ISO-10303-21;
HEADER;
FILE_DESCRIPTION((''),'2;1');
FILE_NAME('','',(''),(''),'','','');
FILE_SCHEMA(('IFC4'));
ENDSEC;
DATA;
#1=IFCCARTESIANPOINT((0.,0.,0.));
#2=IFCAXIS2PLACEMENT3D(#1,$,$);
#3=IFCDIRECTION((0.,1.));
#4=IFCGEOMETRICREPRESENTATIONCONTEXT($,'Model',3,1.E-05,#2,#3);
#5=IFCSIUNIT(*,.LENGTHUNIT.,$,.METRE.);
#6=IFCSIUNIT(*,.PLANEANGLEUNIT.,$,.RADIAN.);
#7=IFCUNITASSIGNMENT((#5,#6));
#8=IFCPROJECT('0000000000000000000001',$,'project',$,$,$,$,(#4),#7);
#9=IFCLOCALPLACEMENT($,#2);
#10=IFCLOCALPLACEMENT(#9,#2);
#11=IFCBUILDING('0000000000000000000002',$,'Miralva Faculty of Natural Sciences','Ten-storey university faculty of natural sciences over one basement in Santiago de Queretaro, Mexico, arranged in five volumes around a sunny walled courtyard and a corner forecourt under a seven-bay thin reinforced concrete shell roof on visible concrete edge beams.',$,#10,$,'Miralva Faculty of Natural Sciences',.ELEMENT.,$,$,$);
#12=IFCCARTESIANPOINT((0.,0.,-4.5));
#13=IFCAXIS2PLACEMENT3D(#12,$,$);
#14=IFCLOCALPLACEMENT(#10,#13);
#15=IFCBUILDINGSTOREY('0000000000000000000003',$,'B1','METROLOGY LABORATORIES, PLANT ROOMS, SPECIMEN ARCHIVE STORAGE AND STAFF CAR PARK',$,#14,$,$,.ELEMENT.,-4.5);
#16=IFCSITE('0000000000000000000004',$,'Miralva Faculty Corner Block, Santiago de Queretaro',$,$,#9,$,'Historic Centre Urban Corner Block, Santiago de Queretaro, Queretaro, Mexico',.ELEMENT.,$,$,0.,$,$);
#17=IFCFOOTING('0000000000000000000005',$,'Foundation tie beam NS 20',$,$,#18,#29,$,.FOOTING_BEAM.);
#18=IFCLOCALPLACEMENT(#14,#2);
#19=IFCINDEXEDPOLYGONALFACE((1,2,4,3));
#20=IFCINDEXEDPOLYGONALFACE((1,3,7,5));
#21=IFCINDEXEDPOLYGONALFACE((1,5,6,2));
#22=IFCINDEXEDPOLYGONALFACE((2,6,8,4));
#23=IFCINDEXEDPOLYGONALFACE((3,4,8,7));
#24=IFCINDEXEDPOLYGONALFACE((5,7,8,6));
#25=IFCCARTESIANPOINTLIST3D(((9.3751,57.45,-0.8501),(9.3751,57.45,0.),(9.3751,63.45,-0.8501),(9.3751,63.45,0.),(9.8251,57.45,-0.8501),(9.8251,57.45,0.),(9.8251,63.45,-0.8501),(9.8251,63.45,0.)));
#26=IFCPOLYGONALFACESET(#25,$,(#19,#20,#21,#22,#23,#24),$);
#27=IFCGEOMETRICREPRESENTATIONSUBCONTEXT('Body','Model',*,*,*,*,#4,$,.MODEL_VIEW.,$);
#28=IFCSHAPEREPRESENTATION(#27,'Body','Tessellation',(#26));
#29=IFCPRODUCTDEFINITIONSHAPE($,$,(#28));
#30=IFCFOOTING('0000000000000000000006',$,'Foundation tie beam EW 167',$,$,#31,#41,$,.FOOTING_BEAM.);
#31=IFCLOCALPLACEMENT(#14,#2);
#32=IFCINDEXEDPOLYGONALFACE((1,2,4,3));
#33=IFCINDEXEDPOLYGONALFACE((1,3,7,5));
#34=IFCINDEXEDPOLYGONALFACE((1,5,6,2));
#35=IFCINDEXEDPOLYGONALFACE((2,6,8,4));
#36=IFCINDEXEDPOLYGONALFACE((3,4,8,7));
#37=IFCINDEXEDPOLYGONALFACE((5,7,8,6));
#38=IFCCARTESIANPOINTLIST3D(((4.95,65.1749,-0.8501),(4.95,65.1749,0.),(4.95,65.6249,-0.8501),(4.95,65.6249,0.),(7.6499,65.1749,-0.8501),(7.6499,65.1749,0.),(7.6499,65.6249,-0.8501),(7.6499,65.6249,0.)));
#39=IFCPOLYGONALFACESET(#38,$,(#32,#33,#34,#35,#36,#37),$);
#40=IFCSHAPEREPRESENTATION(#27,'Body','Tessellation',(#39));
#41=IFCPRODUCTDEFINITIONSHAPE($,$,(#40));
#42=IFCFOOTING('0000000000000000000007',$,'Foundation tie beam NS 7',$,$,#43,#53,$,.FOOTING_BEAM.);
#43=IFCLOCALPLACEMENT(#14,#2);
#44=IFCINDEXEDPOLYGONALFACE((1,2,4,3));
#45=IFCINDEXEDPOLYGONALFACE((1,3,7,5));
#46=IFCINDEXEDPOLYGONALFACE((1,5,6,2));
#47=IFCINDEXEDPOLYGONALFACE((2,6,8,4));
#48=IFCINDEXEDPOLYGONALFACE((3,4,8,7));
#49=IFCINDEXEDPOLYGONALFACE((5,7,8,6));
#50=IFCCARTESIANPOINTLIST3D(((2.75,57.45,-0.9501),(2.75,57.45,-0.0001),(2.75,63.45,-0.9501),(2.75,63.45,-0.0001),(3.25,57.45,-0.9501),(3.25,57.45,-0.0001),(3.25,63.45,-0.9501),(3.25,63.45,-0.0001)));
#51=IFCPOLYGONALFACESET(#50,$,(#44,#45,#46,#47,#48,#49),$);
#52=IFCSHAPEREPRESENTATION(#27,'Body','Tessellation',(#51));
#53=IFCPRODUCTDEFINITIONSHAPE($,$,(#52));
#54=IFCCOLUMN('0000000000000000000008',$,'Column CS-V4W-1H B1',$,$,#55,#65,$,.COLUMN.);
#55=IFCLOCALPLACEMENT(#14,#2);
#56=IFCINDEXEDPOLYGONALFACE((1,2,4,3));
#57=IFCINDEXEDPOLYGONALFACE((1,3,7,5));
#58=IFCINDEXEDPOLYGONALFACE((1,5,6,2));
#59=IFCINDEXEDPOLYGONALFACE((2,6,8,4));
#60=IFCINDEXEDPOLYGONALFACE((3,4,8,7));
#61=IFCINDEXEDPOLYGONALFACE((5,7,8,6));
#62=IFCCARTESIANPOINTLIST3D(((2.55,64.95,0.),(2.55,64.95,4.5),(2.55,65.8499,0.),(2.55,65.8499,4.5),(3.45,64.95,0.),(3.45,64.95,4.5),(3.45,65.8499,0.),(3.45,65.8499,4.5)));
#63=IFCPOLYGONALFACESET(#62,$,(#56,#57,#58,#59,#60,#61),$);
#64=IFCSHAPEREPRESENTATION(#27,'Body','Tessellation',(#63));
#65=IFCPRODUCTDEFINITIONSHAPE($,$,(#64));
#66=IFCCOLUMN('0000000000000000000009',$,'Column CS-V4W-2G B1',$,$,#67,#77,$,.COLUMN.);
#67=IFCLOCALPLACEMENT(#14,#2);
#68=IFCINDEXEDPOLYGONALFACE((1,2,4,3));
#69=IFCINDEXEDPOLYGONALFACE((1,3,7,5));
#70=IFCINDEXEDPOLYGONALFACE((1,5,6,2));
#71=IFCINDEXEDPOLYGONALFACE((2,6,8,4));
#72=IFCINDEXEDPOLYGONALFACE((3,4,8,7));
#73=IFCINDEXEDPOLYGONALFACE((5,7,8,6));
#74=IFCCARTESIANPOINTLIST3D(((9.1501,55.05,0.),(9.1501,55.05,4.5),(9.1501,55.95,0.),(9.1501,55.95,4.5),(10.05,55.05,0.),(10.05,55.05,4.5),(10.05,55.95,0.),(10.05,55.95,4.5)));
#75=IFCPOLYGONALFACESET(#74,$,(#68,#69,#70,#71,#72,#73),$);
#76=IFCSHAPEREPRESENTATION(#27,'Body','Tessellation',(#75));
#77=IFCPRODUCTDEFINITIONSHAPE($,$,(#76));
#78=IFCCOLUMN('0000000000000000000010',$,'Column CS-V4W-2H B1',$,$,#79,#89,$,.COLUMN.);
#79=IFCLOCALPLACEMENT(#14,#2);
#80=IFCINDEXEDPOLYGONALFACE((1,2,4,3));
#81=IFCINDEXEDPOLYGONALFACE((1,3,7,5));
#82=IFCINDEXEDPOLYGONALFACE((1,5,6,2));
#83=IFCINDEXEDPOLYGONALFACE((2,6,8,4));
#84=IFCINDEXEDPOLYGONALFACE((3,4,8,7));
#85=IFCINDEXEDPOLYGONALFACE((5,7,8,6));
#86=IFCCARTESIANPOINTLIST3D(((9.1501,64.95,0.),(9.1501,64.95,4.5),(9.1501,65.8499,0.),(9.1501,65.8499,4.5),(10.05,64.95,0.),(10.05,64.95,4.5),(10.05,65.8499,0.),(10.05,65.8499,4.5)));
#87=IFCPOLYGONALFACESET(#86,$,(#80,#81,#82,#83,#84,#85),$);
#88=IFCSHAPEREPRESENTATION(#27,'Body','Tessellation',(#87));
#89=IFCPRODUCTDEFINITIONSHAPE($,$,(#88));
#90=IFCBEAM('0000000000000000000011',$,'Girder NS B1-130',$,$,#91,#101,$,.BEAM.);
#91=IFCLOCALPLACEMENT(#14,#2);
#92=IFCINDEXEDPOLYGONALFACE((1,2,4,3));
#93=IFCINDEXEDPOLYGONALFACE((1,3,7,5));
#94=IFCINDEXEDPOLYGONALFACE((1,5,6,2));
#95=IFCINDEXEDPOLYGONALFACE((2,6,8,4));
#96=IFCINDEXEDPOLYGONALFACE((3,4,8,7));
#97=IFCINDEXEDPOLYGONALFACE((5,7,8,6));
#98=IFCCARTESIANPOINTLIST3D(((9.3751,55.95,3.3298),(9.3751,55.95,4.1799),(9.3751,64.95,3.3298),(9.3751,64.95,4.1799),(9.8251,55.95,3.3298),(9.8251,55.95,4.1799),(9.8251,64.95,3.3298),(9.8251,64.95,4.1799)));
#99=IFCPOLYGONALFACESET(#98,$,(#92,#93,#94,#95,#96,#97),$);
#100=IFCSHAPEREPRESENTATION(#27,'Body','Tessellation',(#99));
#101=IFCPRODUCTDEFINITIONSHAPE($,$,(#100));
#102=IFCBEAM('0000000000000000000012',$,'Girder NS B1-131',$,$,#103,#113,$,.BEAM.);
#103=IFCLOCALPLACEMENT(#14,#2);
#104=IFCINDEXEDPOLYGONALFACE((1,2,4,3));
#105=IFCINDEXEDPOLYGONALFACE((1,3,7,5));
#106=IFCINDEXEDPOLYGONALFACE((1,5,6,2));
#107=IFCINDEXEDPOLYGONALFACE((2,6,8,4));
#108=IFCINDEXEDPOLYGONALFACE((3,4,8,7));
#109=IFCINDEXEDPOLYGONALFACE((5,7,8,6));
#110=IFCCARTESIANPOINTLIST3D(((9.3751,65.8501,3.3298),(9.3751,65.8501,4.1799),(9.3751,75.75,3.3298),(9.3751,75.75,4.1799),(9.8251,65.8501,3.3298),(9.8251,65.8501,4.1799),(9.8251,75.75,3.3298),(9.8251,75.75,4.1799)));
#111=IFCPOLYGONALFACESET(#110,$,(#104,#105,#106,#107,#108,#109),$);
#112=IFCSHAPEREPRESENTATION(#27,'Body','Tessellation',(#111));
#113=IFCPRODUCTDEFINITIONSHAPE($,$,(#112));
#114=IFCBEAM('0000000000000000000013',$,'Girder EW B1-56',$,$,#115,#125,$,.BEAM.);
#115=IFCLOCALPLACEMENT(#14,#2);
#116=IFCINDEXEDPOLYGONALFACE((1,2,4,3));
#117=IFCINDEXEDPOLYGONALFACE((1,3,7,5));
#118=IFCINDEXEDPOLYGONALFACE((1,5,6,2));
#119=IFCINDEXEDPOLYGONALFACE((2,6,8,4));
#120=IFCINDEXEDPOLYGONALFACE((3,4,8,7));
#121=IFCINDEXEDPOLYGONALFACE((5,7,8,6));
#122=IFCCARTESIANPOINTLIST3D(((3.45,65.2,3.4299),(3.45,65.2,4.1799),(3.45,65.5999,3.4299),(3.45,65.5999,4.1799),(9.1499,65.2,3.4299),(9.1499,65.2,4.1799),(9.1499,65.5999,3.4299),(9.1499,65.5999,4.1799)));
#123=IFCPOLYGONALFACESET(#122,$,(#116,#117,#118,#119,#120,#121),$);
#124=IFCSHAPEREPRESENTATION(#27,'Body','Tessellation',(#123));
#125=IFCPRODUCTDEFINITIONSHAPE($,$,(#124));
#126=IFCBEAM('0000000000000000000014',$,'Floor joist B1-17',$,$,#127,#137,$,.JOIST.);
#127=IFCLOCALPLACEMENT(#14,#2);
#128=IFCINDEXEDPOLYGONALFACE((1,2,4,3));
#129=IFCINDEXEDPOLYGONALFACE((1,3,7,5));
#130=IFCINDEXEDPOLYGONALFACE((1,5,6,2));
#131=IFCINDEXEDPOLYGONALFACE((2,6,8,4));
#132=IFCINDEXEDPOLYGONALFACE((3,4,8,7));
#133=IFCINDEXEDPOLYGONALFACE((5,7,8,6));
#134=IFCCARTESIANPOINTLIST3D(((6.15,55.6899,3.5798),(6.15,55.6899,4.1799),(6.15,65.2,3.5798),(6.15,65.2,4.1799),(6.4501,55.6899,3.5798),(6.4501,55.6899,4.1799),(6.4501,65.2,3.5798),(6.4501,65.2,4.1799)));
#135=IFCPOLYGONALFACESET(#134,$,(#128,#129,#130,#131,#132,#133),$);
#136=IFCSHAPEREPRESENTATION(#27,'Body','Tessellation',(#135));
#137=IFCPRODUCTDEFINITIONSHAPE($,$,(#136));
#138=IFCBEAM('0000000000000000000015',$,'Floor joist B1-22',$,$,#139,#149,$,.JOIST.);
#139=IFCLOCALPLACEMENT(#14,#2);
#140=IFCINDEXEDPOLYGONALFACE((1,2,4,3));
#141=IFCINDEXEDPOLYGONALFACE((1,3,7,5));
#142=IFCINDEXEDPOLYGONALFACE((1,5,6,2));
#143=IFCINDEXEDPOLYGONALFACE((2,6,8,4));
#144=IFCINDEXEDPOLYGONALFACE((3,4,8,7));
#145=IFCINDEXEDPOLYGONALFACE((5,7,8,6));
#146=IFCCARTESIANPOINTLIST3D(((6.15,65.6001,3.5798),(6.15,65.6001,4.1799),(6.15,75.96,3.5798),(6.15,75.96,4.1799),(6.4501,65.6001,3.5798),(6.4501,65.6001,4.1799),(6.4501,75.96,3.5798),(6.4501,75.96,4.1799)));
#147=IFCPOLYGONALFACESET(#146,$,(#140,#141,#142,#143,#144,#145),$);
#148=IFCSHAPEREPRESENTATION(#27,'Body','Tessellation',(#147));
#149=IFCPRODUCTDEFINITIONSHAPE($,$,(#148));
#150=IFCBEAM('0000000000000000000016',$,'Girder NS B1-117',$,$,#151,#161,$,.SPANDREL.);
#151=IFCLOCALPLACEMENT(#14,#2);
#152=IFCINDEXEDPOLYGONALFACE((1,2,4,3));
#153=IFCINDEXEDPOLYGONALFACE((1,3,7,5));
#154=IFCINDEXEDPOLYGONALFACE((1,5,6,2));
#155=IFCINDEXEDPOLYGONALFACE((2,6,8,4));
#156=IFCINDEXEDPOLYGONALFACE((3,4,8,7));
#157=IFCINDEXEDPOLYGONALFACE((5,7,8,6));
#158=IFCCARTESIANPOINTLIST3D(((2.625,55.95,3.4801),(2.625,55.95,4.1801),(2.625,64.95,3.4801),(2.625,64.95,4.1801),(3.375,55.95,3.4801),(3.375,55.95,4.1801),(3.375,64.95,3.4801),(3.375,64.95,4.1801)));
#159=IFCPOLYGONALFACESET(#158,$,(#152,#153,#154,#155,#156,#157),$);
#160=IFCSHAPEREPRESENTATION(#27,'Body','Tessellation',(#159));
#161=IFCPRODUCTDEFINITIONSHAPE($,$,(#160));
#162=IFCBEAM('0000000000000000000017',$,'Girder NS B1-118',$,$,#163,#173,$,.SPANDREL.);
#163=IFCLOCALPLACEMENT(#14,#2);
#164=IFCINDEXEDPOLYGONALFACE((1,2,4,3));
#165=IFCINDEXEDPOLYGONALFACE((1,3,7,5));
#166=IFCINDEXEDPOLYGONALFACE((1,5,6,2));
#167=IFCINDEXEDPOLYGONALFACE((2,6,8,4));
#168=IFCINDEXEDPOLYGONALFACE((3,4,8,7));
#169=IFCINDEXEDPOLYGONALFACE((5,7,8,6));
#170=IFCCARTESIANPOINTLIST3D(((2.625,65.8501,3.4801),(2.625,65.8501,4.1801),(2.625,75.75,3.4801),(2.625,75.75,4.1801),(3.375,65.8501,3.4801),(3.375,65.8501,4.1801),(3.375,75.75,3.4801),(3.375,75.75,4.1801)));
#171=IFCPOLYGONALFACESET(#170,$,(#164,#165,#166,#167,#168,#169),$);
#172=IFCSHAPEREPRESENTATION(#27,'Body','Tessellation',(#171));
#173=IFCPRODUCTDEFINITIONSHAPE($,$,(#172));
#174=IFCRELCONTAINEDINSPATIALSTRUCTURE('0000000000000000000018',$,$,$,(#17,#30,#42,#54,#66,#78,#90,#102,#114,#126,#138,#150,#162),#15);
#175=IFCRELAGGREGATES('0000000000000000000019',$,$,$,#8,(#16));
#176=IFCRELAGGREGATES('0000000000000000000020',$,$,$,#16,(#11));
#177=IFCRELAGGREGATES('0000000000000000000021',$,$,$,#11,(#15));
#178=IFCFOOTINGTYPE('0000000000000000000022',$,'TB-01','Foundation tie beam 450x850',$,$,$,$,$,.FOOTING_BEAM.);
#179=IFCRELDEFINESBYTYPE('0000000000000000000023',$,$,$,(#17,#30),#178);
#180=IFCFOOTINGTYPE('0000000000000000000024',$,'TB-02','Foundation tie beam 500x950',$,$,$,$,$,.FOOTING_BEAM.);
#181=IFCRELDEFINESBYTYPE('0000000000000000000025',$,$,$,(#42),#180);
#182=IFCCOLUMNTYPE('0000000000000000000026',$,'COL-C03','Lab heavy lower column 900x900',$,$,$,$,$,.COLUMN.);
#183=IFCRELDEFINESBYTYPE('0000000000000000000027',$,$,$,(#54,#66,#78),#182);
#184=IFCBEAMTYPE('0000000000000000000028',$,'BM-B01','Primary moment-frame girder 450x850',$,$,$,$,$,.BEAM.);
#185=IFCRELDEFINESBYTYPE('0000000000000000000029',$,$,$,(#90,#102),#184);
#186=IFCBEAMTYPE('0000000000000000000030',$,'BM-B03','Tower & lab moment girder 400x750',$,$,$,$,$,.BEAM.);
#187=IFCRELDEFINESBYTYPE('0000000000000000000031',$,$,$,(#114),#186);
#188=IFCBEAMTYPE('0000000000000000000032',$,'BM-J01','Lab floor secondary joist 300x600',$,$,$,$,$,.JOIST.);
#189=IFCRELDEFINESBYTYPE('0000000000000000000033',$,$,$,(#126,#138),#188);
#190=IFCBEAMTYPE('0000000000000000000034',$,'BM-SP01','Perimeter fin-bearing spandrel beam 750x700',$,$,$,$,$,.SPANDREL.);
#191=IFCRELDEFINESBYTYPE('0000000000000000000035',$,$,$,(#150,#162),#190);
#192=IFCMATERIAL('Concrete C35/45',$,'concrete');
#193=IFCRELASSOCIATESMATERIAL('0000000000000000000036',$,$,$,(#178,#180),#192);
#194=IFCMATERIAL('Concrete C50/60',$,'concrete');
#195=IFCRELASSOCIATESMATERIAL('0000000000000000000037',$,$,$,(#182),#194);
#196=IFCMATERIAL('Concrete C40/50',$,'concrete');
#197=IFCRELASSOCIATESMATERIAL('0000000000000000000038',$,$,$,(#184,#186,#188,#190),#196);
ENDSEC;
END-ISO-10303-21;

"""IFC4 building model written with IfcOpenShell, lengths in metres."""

from ifc_helpers import new_model, si_unit, direction, frame, origin, origin_2d, place, context, subcontext, project, spatial, rectangle, extrude, material, material_profile, profile_set, type_object, element, save


model = new_model("IFC4")

# Units and contexts
model_context = context("Model", 3, precision=1e-05, world=origin(), true_north=direction((0.0, 1.0)))
body_context = subcontext(model_context, "Body", "Model", "MODEL_VIEW")
ifc_project = project(units=[si_unit("LENGTHUNIT", "METRE"), si_unit("PLANEANGLEUNIT", "RADIAN")], contexts=[model_context])

# Site, building, storey
site_placement = place(None, origin())
site = spatial("IfcSite", under=ifc_project, at=site_placement, Name="Miralva Faculty Corner Block, Santiago de Queretaro", LongName="Historic Centre Urban Corner Block, Santiago de Queretaro, Queretaro, Mexico", CompositionType="ELEMENT", RefElevation=0.0)
building_placement = place(site_placement, origin())
building = spatial("IfcBuilding", under=site, at=building_placement, Name="Miralva Faculty of Natural Sciences", Description="Ten-storey university faculty of natural sciences over one basement in Santiago de Queretaro, Mexico, arranged in five volumes around a sunny walled courtyard and a corner forecourt under a seven-bay thin reinforced concrete shell roof on visible concrete edge beams.", LongName="Miralva Faculty of Natural Sciences", CompositionType="ELEMENT")
storey_placement = place(building_placement, frame((0.0, 0.0, -4.5)))
storey = spatial("IfcBuildingStorey", under=building, at=storey_placement, Name="B1", Description="METROLOGY LABORATORIES, PLANT ROOMS, SPECIMEN ARCHIVE STORAGE AND STAFF CAR PARK", CompositionType="ELEMENT", Elevation=-4.5)

# Shared definitions
ifc_material_1 = material(Name="Concrete C35/45", Category="concrete")

# Footings
ifc_material_profile_1 = material_profile(ifc_material_1, rectangle(XDim=0.45, YDim=0.8501, at=origin_2d()), Name="RC 450x850")
ifc_profile_set_1 = profile_set([ifc_material_profile_1], Name="Concrete C35/45")
footing_type_1 = type_object("IfcFootingType", Name="TB-01", Description="Foundation tie beam 450x850", PredefinedType="FOOTING_BEAM", material=ifc_profile_set_1)
footing_1_placement = place(storey_placement, frame((9.6001, 57.45, -0.425), z_axis=(0.0, 1.0, 0.0), x_axis=(-1.0, 0.0, 0.0)))
element("IfcFooting", 1, at=footing_1_placement, inside=storey, type_object=footing_type_1, Name="Foundation tie beam NS 20", PredefinedType="FOOTING_BEAM", context=body_context, shape_type="SweptSolid", body=[
    extrude(rectangle(XDim=0.45, YDim=0.8501, at=origin_2d()), origin(), (0.0, 0.0, 1.0), 6.0),
])
footing_2_placement = place(storey_placement, frame((4.95, 65.3999, -0.425), z_axis=(1.0, 0.0, 0.0), x_axis=(0.0, 1.0, 0.0)))
element("IfcFooting", 2, at=footing_2_placement, inside=storey, type_object=footing_type_1, Name="Foundation tie beam EW 167", PredefinedType="FOOTING_BEAM", context=body_context, shape_type="SweptSolid", body=[
    extrude(rectangle(XDim=0.45, YDim=0.8501, at=origin_2d()), origin(), (0.0, 0.0, 1.0), 2.7),
])
ifc_material_profile_2 = material_profile(ifc_material_1, rectangle(XDim=0.5, YDim=0.95, at=origin_2d()), Name="RC 500x950")
ifc_profile_set_2 = profile_set([ifc_material_profile_2], Name="Concrete C35/45")
footing_type_2 = type_object("IfcFootingType", Name="TB-02", Description="Foundation tie beam 500x950", PredefinedType="FOOTING_BEAM", material=ifc_profile_set_2)
footing_3_placement = place(storey_placement, frame((3.0, 57.45, -0.4751), z_axis=(0.0, 1.0, 0.0), x_axis=(-1.0, 0.0, 0.0)))
element("IfcFooting", 3, at=footing_3_placement, inside=storey, type_object=footing_type_2, Name="Foundation tie beam NS 7", PredefinedType="FOOTING_BEAM", context=body_context, shape_type="SweptSolid", body=[
    extrude(rectangle(XDim=0.5, YDim=0.95, at=origin_2d()), origin(), (0.0, 0.0, 1.0), 6.0),
])

# Columns
ifc_material_2 = material(Name="Concrete C50/60", Category="concrete")
ifc_material_profile_3 = material_profile(ifc_material_2, rectangle(XDim=0.8999, YDim=0.8999, at=origin_2d()), Name="RC 900x900")
ifc_profile_set_3 = profile_set([ifc_material_profile_3], Name="Concrete C50/60")
column_type = type_object("IfcColumnType", Name="COL-C03", Description="Lab heavy lower column 900x900", PredefinedType="COLUMN", material=ifc_profile_set_3)
for number, where, z_axis, x_axis, name in (
    (4, (3.0, 65.3999, 0.0), (0.0, 0.0, 1.0), (1.0, 0.0, 0.0), "Column CS-V4W-1H B1"),
    (5, (9.6001, 55.5, 0.0), (0.0, 0.0, 1.0), (1.0, 0.0, 0.0), "Column CS-V4W-2G B1"),
    (6, (9.6001, 65.3999, 0.0), (0.0, 0.0, 1.0), (1.0, 0.0, 0.0), "Column CS-V4W-2H B1"),
):
    element("IfcColumn", number, at=place(storey_placement, frame(where, z_axis=z_axis, x_axis=x_axis)), inside=storey, type_object=column_type, Name=name, PredefinedType="COLUMN", context=body_context, shape_type="SweptSolid", body=[
        extrude(rectangle(XDim=0.8999, YDim=0.8999, at=origin_2d()), origin(), (0.0, 0.0, 1.0), 4.5),
    ])

# Beams
ifc_material_3 = material(Name="Concrete C40/50", Category="concrete")
ifc_material_profile_4 = material_profile(ifc_material_3, rectangle(XDim=0.45, YDim=0.8501, at=origin_2d()), Name="RC 450x850")
ifc_profile_set_4 = profile_set([ifc_material_profile_4], Name="Concrete C40/50")
beam_type_1 = type_object("IfcBeamType", Name="BM-B01", Description="Primary moment-frame girder 450x850", PredefinedType="BEAM", material=ifc_profile_set_4)
beam_1_placement = place(storey_placement, frame((9.6001, 55.95, 3.7549), z_axis=(0.0, 1.0, 0.0), x_axis=(-1.0, 0.0, 0.0)))
element("IfcBeam", 7, at=beam_1_placement, inside=storey, type_object=beam_type_1, Name="Girder NS B1-130", PredefinedType="BEAM", context=body_context, shape_type="SweptSolid", body=[
    extrude(rectangle(XDim=0.45, YDim=0.8501, at=origin_2d()), origin(), (0.0, 0.0, 1.0), 9.0),
])
beam_2_placement = place(storey_placement, frame((9.6001, 65.8501, 3.7549), z_axis=(0.0, 1.0, 0.0), x_axis=(-1.0, 0.0, 0.0)))
element("IfcBeam", 8, at=beam_2_placement, inside=storey, type_object=beam_type_1, Name="Girder NS B1-131", PredefinedType="BEAM", context=body_context, shape_type="SweptSolid", body=[
    extrude(rectangle(XDim=0.45, YDim=0.8501, at=origin_2d()), origin(), (0.0, 0.0, 1.0), 9.8999),
])
ifc_material_profile_5 = material_profile(ifc_material_3, rectangle(XDim=0.3999, YDim=0.75, at=origin_2d()), Name="RC 400x750")
ifc_profile_set_5 = profile_set([ifc_material_profile_5], Name="Concrete C40/50")
beam_type_2 = type_object("IfcBeamType", Name="BM-B03", Description="Tower & lab moment girder 400x750", PredefinedType="BEAM", material=ifc_profile_set_5)
beam_3_placement = place(storey_placement, frame((3.45, 65.3999, 3.8049), z_axis=(1.0, 0.0, 0.0), x_axis=(0.0, 1.0, 0.0)))
element("IfcBeam", 9, at=beam_3_placement, inside=storey, type_object=beam_type_2, Name="Girder EW B1-56", PredefinedType="BEAM", context=body_context, shape_type="SweptSolid", body=[
    extrude(rectangle(XDim=0.3999, YDim=0.75, at=origin_2d()), origin(), (0.0, 0.0, 1.0), 5.7),
])
ifc_material_profile_6 = material_profile(ifc_material_3, rectangle(XDim=0.3, YDim=0.6001, at=origin_2d()), Name="RC 300x600")
ifc_profile_set_6 = profile_set([ifc_material_profile_6], Name="Concrete C40/50")
beam_type_3 = type_object("IfcBeamType", Name="BM-J01", Description="Lab floor secondary joist 300x600", PredefinedType="JOIST", material=ifc_profile_set_6)
beam_4_placement = place(storey_placement, frame((6.3, 55.6899, 3.8799), z_axis=(0.0, 1.0, 0.0), x_axis=(-1.0, 0.0, 0.0)))
element("IfcBeam", 10, at=beam_4_placement, inside=storey, type_object=beam_type_3, Name="Floor joist B1-17", PredefinedType="JOIST", context=body_context, shape_type="SweptSolid", body=[
    extrude(rectangle(XDim=0.3, YDim=0.6001, at=origin_2d()), origin(), (0.0, 0.0, 1.0), 9.51),
])
beam_5_placement = place(storey_placement, frame((6.3, 65.6001, 3.8799), z_axis=(0.0, 1.0, 0.0), x_axis=(-1.0, 0.0, 0.0)))
element("IfcBeam", 11, at=beam_5_placement, inside=storey, type_object=beam_type_3, Name="Floor joist B1-22", PredefinedType="JOIST", context=body_context, shape_type="SweptSolid", body=[
    extrude(rectangle(XDim=0.3, YDim=0.6001, at=origin_2d()), origin(), (0.0, 0.0, 1.0), 10.3599),
])
ifc_material_profile_7 = material_profile(ifc_material_3, rectangle(XDim=0.75, YDim=0.7, at=origin_2d()), Name="RC 750x700")
ifc_profile_set_7 = profile_set([ifc_material_profile_7], Name="Concrete C40/50")
beam_type_4 = type_object("IfcBeamType", Name="BM-SP01", Description="Perimeter fin-bearing spandrel beam 750x700", PredefinedType="SPANDREL", material=ifc_profile_set_7)
beam_6_placement = place(storey_placement, frame((3.0, 55.95, 3.8301), z_axis=(0.0, 1.0, 0.0), x_axis=(-1.0, 0.0, 0.0)))
element("IfcBeam", 12, at=beam_6_placement, inside=storey, type_object=beam_type_4, Name="Girder NS B1-117", PredefinedType="SPANDREL", context=body_context, shape_type="SweptSolid", body=[
    extrude(rectangle(XDim=0.75, YDim=0.7, at=origin_2d()), origin(), (0.0, 0.0, 1.0), 9.0),
])
beam_7_placement = place(storey_placement, frame((3.0, 65.8501, 3.8301), z_axis=(0.0, 1.0, 0.0), x_axis=(-1.0, 0.0, 0.0)))
element("IfcBeam", 13, at=beam_7_placement, inside=storey, type_object=beam_type_4, Name="Girder NS B1-118", PredefinedType="SPANDREL", context=body_context, shape_type="SweptSolid", body=[
    extrude(rectangle(XDim=0.75, YDim=0.7, at=origin_2d()), origin(), (0.0, 0.0, 1.0), 9.8999),
])

save(model, "model.ifc")
